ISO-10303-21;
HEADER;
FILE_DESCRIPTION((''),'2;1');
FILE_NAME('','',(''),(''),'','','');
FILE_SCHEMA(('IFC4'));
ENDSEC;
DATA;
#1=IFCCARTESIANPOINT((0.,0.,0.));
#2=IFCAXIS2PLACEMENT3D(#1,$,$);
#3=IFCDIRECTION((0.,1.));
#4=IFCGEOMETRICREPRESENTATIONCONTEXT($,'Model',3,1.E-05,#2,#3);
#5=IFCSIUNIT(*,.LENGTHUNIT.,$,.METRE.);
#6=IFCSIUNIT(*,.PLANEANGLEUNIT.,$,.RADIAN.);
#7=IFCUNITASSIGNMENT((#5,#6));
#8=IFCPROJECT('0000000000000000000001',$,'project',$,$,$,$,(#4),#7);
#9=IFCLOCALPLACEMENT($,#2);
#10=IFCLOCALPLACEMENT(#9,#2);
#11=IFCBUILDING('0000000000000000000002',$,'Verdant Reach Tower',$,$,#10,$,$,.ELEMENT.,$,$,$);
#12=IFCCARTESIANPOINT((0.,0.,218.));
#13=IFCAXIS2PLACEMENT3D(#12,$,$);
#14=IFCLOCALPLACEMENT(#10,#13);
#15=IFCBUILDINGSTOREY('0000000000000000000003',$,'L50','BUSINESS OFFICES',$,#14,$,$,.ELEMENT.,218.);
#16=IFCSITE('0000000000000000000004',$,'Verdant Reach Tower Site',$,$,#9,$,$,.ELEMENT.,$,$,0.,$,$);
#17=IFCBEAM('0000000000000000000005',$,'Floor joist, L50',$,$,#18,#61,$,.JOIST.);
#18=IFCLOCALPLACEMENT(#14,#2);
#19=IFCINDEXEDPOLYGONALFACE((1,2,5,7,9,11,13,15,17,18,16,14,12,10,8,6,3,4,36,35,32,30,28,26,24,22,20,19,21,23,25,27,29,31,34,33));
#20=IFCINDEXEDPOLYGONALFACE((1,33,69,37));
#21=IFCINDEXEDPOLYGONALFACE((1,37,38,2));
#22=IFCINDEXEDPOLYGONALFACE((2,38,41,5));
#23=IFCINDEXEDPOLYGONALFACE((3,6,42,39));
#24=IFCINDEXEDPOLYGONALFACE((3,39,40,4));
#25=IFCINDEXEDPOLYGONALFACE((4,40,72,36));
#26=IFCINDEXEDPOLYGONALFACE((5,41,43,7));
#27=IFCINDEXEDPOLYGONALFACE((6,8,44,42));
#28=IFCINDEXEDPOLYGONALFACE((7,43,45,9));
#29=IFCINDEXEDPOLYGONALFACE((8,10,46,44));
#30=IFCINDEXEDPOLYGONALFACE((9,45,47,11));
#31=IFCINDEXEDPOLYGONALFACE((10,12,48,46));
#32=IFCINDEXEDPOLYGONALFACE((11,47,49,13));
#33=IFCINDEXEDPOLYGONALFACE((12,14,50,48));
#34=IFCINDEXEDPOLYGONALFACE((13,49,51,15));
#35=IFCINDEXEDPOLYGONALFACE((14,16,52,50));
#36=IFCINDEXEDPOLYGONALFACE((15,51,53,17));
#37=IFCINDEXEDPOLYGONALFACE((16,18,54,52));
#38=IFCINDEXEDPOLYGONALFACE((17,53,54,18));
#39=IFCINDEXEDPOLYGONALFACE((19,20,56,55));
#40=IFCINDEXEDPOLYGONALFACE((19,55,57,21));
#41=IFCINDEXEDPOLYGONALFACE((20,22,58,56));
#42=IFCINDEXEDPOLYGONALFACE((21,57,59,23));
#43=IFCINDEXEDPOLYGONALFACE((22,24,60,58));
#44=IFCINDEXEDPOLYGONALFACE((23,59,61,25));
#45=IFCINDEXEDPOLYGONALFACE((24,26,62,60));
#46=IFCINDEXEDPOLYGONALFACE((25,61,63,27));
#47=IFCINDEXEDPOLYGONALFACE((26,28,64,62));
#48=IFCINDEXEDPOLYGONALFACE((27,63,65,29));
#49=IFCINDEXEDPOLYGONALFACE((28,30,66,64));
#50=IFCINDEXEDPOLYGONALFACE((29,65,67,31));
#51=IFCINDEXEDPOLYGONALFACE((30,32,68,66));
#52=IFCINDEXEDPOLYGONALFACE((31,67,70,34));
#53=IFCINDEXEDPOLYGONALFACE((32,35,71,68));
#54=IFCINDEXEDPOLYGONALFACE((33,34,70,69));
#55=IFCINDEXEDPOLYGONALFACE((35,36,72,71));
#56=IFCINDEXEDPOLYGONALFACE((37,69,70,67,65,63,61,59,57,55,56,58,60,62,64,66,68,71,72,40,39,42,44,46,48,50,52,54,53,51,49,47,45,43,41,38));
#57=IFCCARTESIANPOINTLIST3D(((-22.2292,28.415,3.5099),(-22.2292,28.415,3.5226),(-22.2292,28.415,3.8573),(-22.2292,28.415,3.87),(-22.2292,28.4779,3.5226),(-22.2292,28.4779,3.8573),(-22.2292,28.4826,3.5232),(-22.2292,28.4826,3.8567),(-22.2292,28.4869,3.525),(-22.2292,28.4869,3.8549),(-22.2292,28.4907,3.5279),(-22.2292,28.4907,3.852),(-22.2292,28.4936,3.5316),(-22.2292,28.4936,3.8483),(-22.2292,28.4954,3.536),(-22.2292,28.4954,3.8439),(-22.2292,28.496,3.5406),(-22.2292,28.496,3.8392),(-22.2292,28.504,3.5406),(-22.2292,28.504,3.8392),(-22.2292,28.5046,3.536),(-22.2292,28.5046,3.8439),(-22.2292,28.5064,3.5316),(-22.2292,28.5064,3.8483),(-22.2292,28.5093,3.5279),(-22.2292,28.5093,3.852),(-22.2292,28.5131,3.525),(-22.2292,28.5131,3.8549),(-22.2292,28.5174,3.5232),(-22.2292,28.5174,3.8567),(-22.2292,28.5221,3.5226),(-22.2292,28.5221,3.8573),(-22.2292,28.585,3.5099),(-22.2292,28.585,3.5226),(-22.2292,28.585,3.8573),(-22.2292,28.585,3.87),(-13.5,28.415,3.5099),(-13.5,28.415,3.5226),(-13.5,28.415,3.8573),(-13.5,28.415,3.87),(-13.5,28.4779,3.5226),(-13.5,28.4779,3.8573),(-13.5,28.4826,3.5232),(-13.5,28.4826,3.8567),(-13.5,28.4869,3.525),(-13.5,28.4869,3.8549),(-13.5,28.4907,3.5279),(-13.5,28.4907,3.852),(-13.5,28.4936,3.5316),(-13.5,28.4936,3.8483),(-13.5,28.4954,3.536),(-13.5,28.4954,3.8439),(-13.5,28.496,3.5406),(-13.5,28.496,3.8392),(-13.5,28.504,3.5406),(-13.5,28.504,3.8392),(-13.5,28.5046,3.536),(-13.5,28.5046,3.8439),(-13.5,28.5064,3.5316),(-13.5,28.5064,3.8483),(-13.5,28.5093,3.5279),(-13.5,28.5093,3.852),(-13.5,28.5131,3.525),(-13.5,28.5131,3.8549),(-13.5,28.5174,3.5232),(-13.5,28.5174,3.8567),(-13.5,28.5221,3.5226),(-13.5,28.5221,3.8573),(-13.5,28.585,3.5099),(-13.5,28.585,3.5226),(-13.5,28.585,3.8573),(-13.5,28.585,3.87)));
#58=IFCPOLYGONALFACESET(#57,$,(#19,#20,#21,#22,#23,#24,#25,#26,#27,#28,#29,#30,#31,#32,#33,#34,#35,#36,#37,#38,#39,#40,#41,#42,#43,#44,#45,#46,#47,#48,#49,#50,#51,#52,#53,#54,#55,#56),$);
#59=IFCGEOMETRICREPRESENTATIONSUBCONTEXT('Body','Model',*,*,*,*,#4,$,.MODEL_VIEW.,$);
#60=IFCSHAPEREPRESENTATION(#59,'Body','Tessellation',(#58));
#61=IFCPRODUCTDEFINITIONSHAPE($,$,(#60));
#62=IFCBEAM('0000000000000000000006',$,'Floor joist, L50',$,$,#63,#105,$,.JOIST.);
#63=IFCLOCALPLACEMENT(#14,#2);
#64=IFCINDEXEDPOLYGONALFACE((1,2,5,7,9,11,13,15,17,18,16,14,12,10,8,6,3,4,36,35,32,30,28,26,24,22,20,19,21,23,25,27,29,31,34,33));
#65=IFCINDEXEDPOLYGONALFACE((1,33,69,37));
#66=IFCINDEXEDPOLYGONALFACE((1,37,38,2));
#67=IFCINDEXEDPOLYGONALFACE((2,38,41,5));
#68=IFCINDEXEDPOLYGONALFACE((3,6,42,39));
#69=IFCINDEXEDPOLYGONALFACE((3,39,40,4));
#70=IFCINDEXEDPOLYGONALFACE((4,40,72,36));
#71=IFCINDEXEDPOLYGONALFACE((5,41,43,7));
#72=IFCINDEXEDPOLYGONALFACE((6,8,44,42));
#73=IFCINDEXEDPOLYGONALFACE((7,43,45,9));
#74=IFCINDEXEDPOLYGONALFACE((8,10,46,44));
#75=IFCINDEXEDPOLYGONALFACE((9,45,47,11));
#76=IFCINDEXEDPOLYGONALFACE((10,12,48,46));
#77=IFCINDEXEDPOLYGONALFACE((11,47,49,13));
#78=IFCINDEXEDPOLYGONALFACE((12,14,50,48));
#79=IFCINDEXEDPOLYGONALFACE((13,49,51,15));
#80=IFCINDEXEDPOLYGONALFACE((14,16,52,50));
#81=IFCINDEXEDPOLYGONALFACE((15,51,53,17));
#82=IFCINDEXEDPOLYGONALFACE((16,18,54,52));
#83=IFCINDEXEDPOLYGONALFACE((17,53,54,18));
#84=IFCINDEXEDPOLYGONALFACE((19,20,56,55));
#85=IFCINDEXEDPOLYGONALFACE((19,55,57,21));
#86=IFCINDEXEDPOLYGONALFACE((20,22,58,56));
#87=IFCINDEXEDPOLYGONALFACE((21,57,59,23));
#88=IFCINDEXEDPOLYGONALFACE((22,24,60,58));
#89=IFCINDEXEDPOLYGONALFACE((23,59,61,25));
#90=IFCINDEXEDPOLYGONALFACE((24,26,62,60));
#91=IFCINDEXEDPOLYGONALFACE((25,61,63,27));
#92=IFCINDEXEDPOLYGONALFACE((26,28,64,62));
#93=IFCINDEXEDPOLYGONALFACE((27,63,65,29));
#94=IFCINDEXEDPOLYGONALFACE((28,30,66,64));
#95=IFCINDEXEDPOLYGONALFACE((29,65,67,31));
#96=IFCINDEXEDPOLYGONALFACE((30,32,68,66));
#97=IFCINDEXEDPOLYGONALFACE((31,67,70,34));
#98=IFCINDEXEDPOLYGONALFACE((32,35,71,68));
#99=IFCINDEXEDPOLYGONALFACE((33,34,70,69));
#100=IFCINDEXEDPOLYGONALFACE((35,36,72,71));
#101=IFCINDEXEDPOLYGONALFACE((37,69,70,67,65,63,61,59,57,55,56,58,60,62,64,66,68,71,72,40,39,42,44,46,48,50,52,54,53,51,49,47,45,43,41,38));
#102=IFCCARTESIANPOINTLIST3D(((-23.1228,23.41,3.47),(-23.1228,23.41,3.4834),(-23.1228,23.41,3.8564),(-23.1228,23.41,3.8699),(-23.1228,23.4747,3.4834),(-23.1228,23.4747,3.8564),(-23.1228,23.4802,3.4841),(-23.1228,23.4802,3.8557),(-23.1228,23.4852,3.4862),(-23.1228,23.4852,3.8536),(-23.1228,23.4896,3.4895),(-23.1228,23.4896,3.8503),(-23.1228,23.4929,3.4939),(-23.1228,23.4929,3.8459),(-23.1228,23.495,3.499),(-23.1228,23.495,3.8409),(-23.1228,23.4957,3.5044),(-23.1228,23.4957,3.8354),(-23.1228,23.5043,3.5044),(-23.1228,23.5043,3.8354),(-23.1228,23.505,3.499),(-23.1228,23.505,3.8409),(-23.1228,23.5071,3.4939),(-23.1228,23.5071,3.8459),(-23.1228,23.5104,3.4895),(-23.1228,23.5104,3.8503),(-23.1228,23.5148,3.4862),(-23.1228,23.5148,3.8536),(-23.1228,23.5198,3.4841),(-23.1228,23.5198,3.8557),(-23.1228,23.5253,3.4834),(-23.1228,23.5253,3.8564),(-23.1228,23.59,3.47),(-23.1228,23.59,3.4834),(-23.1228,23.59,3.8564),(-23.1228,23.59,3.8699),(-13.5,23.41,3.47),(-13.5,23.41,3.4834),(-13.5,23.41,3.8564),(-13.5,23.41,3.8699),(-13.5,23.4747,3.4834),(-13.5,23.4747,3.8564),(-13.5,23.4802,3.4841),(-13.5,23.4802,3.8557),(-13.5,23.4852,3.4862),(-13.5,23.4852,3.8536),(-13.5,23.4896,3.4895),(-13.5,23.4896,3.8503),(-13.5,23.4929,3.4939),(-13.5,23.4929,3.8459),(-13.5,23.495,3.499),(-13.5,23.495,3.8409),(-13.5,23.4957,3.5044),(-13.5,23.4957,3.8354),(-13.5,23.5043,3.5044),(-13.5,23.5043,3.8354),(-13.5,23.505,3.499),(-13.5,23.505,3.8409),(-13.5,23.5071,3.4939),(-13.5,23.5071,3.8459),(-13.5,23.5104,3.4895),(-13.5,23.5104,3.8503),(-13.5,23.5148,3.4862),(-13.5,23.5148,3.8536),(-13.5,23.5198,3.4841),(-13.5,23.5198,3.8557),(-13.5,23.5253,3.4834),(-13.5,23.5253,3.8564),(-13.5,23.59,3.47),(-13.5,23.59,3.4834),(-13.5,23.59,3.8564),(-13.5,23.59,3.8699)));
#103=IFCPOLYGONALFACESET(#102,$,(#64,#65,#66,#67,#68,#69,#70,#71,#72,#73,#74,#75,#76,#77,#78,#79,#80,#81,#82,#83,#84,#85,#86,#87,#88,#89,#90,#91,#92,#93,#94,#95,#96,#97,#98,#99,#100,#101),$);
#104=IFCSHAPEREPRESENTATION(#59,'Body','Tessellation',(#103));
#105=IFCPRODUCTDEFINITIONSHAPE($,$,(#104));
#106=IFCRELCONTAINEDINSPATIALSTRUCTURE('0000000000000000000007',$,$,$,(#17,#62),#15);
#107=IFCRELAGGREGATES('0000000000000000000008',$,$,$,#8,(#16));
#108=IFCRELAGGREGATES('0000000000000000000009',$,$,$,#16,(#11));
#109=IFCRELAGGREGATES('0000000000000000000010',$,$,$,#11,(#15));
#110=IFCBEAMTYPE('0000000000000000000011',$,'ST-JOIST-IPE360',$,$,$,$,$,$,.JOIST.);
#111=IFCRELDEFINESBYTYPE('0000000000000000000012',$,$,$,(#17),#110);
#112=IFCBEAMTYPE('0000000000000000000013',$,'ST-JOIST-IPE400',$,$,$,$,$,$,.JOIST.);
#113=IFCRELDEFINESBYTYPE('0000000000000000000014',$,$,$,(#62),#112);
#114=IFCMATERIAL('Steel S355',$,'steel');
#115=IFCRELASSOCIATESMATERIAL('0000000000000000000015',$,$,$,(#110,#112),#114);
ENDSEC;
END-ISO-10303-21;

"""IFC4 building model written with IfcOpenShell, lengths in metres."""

from ifc_helpers import new_model, si_unit, direction, frame, origin, origin_2d, place, context, subcontext, project, spatial, i_section, extrude, material, material_profile, profile_set, type_object, element, save


model = new_model("IFC4")

# Units and contexts
model_context = context("Model", 3, precision=1e-05, world=origin(), true_north=direction((0.0, 1.0)))
body_context = subcontext(model_context, "Body", "Model", "MODEL_VIEW")
ifc_project = project(units=[si_unit("LENGTHUNIT", "METRE"), si_unit("PLANEANGLEUNIT", "RADIAN")], contexts=[model_context])

# Site, building, storey
site_placement = place(None, origin())
site = spatial("IfcSite", under=ifc_project, at=site_placement, Name="Verdant Reach Tower Site", CompositionType="ELEMENT", RefElevation=0.0)
building_placement = place(site_placement, origin())
building = spatial("IfcBuilding", under=site, at=building_placement, Name="Verdant Reach Tower", CompositionType="ELEMENT")
storey_placement = place(building_placement, frame((0.0, 0.0, 218.0)))
storey = spatial("IfcBuildingStorey", under=building, at=storey_placement, Name="L50", Description="BUSINESS OFFICES", CompositionType="ELEMENT", Elevation=218.0)

# Beams
ifc_material_1 = material(Name="Steel S355", Category="steel")
ifc_material_profile_1 = material_profile(ifc_material_1, i_section(OverallWidth=0.1699, OverallDepth=0.3601, WebThickness=0.0081, FlangeThickness=0.0127, FilletRadius=0.0181, at=origin_2d()), Name="IPE 360")
ifc_profile_set_1 = profile_set([ifc_material_profile_1], Name="Steel S355")
beam_type_1 = type_object("IfcBeamType", Name="ST-JOIST-IPE360", PredefinedType="JOIST", material=ifc_profile_set_1)
beam_1_placement = place(storey_placement, frame((-13.5, 28.5, 3.6899), z_axis=(-1.0, 0.0, 0.0), x_axis=(0.0, -1.0, 0.0)))
element("IfcBeam", 1, at=beam_1_placement, inside=storey, type_object=beam_type_1, Name="Floor joist, L50", PredefinedType="JOIST", context=body_context, shape_type="SweptSolid", body=[
    extrude(i_section(OverallWidth=0.1699, OverallDepth=0.3601, WebThickness=0.0081, FlangeThickness=0.0127, FilletRadius=0.0181, at=origin_2d()), origin(), (0.0, 0.0, 1.0), 8.7292),
])
ifc_material_profile_2 = material_profile(ifc_material_1, i_section(OverallWidth=0.1799, OverallDepth=0.3999, WebThickness=0.0085, FlangeThickness=0.0134, FilletRadius=0.021, at=origin_2d()), Name="IPE 400")
ifc_profile_set_2 = profile_set([ifc_material_profile_2], Name="Steel S355")
beam_type_2 = type_object("IfcBeamType", Name="ST-JOIST-IPE400", PredefinedType="JOIST", material=ifc_profile_set_2)
beam_2_placement = place(storey_placement, frame((-13.5, 23.5, 3.6699), z_axis=(-1.0, 0.0, 0.0), x_axis=(0.0, -1.0, 0.0)))
element("IfcBeam", 2, at=beam_2_placement, inside=storey, type_object=beam_type_2, Name="Floor joist, L50", PredefinedType="JOIST", context=body_context, shape_type="SweptSolid", body=[
    extrude(i_section(OverallWidth=0.1799, OverallDepth=0.3999, WebThickness=0.0085, FlangeThickness=0.0134, FilletRadius=0.021, at=origin_2d()), origin(), (0.0, 0.0, 1.0), 9.6228),
])

save(model, "model.ifc")
